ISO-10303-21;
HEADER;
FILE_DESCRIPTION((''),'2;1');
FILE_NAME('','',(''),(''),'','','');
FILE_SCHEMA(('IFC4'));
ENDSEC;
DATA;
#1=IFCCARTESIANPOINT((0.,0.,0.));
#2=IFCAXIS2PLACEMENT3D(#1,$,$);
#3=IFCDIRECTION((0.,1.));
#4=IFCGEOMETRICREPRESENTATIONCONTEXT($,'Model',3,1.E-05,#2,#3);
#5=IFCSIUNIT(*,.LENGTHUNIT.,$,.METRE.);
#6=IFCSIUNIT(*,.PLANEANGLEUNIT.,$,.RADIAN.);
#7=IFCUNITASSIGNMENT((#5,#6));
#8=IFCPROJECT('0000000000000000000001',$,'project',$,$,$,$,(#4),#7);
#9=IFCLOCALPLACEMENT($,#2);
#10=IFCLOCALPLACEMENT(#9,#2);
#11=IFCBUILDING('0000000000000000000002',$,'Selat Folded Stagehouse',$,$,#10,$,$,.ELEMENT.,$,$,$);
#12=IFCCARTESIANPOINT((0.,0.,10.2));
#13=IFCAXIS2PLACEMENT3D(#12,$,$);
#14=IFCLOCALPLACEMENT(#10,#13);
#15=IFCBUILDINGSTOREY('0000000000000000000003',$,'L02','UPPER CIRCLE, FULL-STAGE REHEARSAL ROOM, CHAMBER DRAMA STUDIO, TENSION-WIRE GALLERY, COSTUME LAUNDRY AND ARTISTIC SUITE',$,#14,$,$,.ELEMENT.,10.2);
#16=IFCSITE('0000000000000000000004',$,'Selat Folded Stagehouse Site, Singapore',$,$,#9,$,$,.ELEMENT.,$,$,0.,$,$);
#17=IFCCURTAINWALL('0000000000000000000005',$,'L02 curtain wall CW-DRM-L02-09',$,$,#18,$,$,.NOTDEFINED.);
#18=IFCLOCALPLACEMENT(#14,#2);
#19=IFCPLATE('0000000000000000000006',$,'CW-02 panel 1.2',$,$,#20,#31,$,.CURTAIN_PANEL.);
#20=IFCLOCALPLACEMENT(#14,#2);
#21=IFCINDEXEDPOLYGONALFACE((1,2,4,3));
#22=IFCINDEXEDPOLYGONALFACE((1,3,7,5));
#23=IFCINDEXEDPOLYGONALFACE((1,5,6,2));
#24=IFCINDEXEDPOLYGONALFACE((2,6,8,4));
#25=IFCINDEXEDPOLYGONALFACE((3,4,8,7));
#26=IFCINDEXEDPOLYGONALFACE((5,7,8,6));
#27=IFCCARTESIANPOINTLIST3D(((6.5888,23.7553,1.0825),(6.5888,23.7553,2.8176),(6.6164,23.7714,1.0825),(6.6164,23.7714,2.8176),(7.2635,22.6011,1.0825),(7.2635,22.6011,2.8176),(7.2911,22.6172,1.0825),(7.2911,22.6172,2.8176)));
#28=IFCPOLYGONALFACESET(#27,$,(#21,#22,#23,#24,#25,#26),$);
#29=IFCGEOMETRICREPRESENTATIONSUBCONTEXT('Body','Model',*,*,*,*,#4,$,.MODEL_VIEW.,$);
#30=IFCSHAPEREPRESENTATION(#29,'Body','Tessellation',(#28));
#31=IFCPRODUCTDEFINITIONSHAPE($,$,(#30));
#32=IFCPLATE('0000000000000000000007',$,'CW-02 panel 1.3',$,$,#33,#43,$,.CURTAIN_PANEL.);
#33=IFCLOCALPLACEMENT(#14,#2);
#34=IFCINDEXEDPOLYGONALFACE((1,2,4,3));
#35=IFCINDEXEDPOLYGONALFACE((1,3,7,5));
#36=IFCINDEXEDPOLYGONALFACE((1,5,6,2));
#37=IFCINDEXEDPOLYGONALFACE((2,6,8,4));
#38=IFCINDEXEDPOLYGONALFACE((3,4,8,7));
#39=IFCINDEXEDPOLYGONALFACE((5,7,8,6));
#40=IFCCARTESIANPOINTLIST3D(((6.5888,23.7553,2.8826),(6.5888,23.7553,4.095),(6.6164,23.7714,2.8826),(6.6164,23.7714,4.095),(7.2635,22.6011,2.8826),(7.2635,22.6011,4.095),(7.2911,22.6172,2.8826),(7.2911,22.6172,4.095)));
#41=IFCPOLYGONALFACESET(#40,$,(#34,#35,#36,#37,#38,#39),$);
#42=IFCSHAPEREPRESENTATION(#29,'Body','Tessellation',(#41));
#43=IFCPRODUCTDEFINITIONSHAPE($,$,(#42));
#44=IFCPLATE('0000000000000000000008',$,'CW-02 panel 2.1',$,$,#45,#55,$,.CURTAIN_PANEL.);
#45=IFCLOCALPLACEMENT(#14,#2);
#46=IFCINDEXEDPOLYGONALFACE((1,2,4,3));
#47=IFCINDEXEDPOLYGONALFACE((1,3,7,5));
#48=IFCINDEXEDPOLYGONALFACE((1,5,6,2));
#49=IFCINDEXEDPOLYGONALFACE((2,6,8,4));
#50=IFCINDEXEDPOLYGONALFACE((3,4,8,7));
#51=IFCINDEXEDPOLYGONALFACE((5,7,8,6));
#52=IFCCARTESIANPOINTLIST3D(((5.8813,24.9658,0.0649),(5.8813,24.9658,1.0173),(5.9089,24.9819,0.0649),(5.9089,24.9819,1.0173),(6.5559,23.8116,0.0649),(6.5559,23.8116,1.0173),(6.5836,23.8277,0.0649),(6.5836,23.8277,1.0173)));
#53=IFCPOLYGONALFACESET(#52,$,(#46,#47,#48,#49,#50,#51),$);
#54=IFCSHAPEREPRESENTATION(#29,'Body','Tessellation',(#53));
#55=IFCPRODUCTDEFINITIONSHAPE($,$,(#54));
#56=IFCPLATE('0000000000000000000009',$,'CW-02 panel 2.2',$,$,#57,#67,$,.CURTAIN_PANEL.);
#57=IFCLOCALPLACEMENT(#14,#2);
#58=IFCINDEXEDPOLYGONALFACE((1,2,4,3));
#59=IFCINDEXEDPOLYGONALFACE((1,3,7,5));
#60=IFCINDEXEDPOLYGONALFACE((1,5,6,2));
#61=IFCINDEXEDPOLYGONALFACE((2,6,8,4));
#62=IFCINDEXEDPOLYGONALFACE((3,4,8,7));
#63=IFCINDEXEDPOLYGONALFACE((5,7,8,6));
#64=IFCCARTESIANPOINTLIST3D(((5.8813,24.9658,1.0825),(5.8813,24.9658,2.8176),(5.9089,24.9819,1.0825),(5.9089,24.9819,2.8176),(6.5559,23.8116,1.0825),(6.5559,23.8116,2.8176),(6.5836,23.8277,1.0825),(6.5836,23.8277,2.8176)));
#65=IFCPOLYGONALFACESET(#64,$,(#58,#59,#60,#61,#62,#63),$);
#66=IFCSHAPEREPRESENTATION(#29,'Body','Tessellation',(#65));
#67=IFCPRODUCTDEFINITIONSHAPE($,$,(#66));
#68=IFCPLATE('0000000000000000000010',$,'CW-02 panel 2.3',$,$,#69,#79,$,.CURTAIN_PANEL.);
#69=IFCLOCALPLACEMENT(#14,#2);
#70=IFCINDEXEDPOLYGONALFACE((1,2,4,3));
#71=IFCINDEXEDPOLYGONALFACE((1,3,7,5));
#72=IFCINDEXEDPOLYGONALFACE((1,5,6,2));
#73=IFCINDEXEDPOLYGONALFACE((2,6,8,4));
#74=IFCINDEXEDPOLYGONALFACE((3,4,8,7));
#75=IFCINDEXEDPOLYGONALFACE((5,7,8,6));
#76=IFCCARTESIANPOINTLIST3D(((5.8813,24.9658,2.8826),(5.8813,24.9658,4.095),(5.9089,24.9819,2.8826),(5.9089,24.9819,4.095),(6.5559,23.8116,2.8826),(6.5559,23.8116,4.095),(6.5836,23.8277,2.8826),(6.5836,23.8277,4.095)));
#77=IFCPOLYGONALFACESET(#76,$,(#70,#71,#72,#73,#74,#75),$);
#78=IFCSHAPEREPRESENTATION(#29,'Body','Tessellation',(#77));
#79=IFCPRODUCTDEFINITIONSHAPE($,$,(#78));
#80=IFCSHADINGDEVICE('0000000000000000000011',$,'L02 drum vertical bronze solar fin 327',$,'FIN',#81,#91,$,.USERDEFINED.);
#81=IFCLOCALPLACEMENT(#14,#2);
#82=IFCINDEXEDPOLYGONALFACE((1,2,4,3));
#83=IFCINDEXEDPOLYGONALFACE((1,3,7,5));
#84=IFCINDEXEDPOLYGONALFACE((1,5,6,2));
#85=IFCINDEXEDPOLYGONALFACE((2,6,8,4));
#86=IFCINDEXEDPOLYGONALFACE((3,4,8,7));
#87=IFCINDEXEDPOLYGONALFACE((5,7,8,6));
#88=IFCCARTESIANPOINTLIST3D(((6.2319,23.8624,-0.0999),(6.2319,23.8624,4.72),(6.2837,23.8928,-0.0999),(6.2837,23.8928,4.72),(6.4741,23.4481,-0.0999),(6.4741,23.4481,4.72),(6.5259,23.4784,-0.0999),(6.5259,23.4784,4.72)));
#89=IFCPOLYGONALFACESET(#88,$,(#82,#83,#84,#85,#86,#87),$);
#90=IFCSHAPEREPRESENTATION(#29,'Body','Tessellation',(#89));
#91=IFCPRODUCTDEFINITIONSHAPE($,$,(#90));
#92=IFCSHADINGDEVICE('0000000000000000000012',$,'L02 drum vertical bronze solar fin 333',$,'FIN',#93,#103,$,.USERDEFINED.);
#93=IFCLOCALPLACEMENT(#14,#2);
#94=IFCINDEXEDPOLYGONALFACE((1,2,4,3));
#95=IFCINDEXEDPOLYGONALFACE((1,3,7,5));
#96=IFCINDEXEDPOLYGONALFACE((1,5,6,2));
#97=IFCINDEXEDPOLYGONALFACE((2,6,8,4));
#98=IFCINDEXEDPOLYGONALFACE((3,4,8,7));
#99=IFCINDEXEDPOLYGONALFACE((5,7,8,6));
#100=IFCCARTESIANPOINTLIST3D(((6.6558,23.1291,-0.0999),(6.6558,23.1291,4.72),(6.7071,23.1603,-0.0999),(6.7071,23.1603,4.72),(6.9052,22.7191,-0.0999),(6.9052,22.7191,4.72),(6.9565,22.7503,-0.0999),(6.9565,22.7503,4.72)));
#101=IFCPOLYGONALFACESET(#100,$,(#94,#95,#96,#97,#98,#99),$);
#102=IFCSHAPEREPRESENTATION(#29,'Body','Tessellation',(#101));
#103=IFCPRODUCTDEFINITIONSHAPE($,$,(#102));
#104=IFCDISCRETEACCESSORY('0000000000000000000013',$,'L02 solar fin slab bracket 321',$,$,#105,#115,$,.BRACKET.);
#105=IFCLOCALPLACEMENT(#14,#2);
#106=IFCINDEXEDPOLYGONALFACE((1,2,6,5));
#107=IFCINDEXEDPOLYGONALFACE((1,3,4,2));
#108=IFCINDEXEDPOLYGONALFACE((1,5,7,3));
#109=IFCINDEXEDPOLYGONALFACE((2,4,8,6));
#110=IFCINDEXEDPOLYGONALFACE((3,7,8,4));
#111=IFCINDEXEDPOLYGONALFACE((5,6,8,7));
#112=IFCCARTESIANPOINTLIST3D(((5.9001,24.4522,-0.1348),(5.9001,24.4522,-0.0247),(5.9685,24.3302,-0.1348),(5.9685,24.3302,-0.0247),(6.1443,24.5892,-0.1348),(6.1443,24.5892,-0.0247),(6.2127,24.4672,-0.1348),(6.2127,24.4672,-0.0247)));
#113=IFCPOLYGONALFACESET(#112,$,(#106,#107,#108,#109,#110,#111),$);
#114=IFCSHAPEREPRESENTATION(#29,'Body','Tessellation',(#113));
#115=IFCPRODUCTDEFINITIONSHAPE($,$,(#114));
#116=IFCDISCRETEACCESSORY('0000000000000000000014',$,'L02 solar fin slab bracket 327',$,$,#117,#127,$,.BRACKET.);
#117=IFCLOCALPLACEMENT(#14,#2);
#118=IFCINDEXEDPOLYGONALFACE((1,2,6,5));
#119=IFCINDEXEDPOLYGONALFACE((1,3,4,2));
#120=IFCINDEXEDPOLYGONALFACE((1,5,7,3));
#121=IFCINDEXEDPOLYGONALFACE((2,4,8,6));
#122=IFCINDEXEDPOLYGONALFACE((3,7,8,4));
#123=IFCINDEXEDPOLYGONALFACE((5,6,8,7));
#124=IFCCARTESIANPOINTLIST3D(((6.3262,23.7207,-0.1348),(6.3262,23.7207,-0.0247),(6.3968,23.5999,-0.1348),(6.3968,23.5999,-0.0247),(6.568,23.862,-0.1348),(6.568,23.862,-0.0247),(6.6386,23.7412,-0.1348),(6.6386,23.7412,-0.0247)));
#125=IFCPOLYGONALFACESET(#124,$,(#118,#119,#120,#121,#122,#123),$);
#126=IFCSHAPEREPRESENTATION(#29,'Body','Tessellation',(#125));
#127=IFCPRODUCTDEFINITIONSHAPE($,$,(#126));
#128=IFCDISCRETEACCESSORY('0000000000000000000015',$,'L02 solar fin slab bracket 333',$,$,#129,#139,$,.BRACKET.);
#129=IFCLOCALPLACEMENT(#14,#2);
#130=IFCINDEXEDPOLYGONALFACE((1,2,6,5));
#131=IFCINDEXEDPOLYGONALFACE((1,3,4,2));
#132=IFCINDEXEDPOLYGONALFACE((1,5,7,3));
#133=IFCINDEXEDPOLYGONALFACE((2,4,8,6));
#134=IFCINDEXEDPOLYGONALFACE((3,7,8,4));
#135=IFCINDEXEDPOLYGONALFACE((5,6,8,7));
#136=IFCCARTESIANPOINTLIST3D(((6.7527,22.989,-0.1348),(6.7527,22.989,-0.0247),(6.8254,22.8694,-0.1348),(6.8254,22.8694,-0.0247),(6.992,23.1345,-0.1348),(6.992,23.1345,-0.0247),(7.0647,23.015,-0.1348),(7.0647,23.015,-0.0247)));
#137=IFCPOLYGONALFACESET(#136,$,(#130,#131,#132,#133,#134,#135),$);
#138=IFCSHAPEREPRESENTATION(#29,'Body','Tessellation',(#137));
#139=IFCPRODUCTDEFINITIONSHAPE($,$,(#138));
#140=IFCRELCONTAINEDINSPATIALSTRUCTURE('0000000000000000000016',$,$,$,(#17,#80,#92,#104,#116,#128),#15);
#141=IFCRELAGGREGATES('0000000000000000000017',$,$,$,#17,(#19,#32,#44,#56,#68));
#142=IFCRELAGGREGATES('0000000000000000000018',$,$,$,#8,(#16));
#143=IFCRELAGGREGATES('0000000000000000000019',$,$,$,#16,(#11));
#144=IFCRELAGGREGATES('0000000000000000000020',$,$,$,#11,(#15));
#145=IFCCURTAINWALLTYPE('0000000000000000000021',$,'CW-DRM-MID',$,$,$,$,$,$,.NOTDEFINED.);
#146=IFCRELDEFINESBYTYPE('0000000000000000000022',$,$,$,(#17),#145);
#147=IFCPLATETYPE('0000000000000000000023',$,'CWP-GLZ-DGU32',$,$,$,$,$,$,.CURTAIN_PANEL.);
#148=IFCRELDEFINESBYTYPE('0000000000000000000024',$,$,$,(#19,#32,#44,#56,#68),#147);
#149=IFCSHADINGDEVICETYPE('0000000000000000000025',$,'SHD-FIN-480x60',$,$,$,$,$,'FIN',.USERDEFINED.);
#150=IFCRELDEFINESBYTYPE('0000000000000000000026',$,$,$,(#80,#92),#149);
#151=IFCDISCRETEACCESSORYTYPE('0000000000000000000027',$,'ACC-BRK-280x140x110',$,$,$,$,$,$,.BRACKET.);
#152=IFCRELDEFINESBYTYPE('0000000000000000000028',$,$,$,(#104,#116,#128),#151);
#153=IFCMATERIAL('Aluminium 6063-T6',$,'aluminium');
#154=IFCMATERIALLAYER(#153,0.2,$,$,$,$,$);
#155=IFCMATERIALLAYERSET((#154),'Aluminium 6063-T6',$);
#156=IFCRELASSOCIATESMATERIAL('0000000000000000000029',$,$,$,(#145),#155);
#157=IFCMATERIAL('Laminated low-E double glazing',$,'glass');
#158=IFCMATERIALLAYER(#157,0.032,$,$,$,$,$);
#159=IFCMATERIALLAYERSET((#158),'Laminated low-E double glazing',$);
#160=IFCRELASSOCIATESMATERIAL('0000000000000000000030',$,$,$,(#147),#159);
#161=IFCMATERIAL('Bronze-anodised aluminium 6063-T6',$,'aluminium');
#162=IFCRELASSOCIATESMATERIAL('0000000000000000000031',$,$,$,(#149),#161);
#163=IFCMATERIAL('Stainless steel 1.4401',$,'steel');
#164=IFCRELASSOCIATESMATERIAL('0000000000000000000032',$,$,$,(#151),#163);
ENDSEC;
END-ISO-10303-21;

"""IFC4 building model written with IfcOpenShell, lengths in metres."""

from ifc_helpers import new_model, si_unit, direction, frame, origin, origin_2d, place, context, subcontext, project, spatial, rectangle, extrude, material, layer, layer_set, material_profile, profile_set, type_object, element, aggregate, save


model = new_model("IFC4")

# Units and contexts
model_context = context("Model", 3, precision=1e-05, world=origin(), true_north=direction((0.0, 1.0)))
body_context = subcontext(model_context, "Body", "Model", "MODEL_VIEW")
ifc_project = project(units=[si_unit("LENGTHUNIT", "METRE"), si_unit("PLANEANGLEUNIT", "RADIAN")], contexts=[model_context])

# Site, building, storey
site_placement = place(None, origin())
site = spatial("IfcSite", under=ifc_project, at=site_placement, Name="Selat Folded Stagehouse Site, Singapore", CompositionType="ELEMENT", RefElevation=0.0)
building_placement = place(site_placement, origin())
building = spatial("IfcBuilding", under=site, at=building_placement, Name="Selat Folded Stagehouse", CompositionType="ELEMENT")
storey_placement = place(building_placement, frame((0.0, 0.0, 10.2)))
storey = spatial("IfcBuildingStorey", under=building, at=storey_placement, Name="L02", Description="UPPER CIRCLE, FULL-STAGE REHEARSAL ROOM, CHAMBER DRAMA STUDIO, TENSION-WIRE GALLERY, COSTUME LAUNDRY AND ARTISTIC SUITE", CompositionType="ELEMENT", Elevation=10.2)

# Curtain wall, plates
ifc_material_1 = material(Name="Aluminium 6063-T6", Category="aluminium")
ifc_layer_1 = layer(ifc_material_1, 0.2)
ifc_layer_set_1 = layer_set([ifc_layer_1], Name="Aluminium 6063-T6")
curtain_wall_type = type_object("IfcCurtainWallType", Name="CW-DRM-MID", PredefinedType="NOTDEFINED", material=ifc_layer_set_1)
curtain_wall_placement = place(storey_placement, origin())
curtain_wall = element("IfcCurtainWall", 1, at=curtain_wall_placement, inside=storey, type_object=curtain_wall_type, Name="L02 curtain wall CW-DRM-L02-09", PredefinedType="NOTDEFINED")
ifc_material_2 = material(Name="Laminated low-E double glazing", Category="glass")
ifc_layer_2 = layer(ifc_material_2, 0.032)
ifc_layer_set_2 = layer_set([ifc_layer_2], Name="Laminated low-E double glazing")
plate_type = type_object("IfcPlateType", Name="CWP-GLZ-DGU32", PredefinedType="CURTAIN_PANEL", material=ifc_layer_set_2)
plate_1_placement = place(storey_placement, frame((6.9399, 23.1863, 1.0825), z_axis=(0.0, 0.0, 1.0), x_axis=(-0.504636, 0.863332, 0.0)))
plate_1 = element("IfcPlate", 2, at=plate_1_placement, type_object=plate_type, Name="CW-02 panel 1.2", PredefinedType="CURTAIN_PANEL", context=body_context, shape_type="SweptSolid", body=[
    extrude(rectangle(XDim=1.3369, YDim=0.032, at=origin_2d()), origin(), (0.0, 0.0, 1.0), 1.7351),
])
plate_2_placement = place(storey_placement, frame((6.9399, 23.1863, 2.8826), z_axis=(0.0, 0.0, 1.0), x_axis=(-0.504636, 0.863332, 0.0)))
plate_2 = element("IfcPlate", 3, at=plate_2_placement, type_object=plate_type, Name="CW-02 panel 1.3", PredefinedType="CURTAIN_PANEL", context=body_context, shape_type="SweptSolid", body=[
    extrude(rectangle(XDim=1.3369, YDim=0.032, at=origin_2d()), origin(), (0.0, 0.0, 1.0), 1.2124),
])
plate_3_placement = place(storey_placement, frame((6.2324, 24.3967, 0.0649), z_axis=(0.0, 0.0, 1.0), x_axis=(-0.504636, 0.863332, 0.0)))
plate_3 = element("IfcPlate", 4, at=plate_3_placement, type_object=plate_type, Name="CW-02 panel 2.1", PredefinedType="CURTAIN_PANEL", context=body_context, shape_type="SweptSolid", body=[
    extrude(rectangle(XDim=1.3369, YDim=0.032, at=origin_2d()), origin(), (0.0, 0.0, 1.0), 0.9524),
])
plate_4_placement = place(storey_placement, frame((6.2324, 24.3967, 1.0825), z_axis=(0.0, 0.0, 1.0), x_axis=(-0.504636, 0.863332, 0.0)))
plate_4 = element("IfcPlate", 5, at=plate_4_placement, type_object=plate_type, Name="CW-02 panel 2.2", PredefinedType="CURTAIN_PANEL", context=body_context, shape_type="SweptSolid", body=[
    extrude(rectangle(XDim=1.3369, YDim=0.032, at=origin_2d()), origin(), (0.0, 0.0, 1.0), 1.7351),
])
plate_5_placement = place(storey_placement, frame((6.2324, 24.3967, 2.8826), z_axis=(0.0, 0.0, 1.0), x_axis=(-0.504636, 0.863332, 0.0)))
plate_5 = element("IfcPlate", 6, at=plate_5_placement, type_object=plate_type, Name="CW-02 panel 2.3", PredefinedType="CURTAIN_PANEL", context=body_context, shape_type="SweptSolid", body=[
    extrude(rectangle(XDim=1.3369, YDim=0.032, at=origin_2d()), origin(), (0.0, 0.0, 1.0), 1.2124),
])
aggregate(curtain_wall, [plate_1, plate_2, plate_3, plate_4, plate_5])

# Shading devices
ifc_material_3 = material(Name="Bronze-anodised aluminium 6063-T6", Category="aluminium")
ifc_material_profile_1 = material_profile(ifc_material_3, rectangle(XDim=0.0601, YDim=0.48, at=origin_2d()), Name="SOLAR-FIN 480x60")
ifc_profile_set_1 = profile_set([ifc_material_profile_1], Name="Bronze-anodised aluminium 6063-T6")
shading_device_type = type_object("IfcShadingDeviceType", Name="SHD-FIN-480x60", ElementType="FIN", PredefinedType="USERDEFINED", material=ifc_profile_set_1)
for number, where, z_axis, x_axis, name in (
    (7, (6.3789, 23.6704, -0.0999), (0.0, 0.0, 1.0), (-0.863307, -0.504678, 0.0), "L02 drum vertical bronze solar fin 327"),
    (8, (6.8062, 22.9397, -0.0999), (0.0, 0.0, 1.0), (-0.854368, -0.519668, 0.0), "L02 drum vertical bronze solar fin 333"),
):
    element("IfcShadingDevice", number, at=place(storey_placement, frame(where, z_axis=z_axis, x_axis=x_axis)), inside=storey, type_object=shading_device_type, Name=name, ObjectType="FIN", PredefinedType="USERDEFINED", context=body_context, shape_type="SweptSolid", body=[
        extrude(rectangle(XDim=0.0601, YDim=0.48, at=origin_2d()), origin(), (0.0, 0.0, 1.0), 4.8198),
    ])

# Discrete accessories
ifc_material_4 = material(Name="Stainless steel 1.4401", Category="steel")
discrete_accessory_type = type_object("IfcDiscreteAccessoryType", Name="ACC-BRK-280x140x110", PredefinedType="BRACKET", material=ifc_material_4)
for number, where, z_axis, x_axis, name in (
    (9, (6.0564, 24.4597, -0.1348), (0.0, 0.0, 1.0), (-0.872069, -0.489382, 0.0), "L02 solar fin slab bracket 321"),
    (10, (6.4824, 23.731, -0.1348), (0.0, 0.0, 1.0), (-0.863307, -0.504678, 0.0), "L02 solar fin slab bracket 327"),
    (11, (6.9087, 23.002, -0.1348), (0.0, 0.0, 1.0), (-0.854368, -0.519668, 0.0), "L02 solar fin slab bracket 333"),
):
    element("IfcDiscreteAccessory", number, at=place(storey_placement, frame(where, z_axis=z_axis, x_axis=x_axis)), inside=storey, type_object=discrete_accessory_type, Name=name, PredefinedType="BRACKET", context=body_context, shape_type="SweptSolid", body=[
        extrude(rectangle(XDim=0.28, YDim=0.1399, at=origin_2d()), origin(), (0.0, 0.0, 1.0), 0.1101),
    ])

save(model, "model.ifc")
